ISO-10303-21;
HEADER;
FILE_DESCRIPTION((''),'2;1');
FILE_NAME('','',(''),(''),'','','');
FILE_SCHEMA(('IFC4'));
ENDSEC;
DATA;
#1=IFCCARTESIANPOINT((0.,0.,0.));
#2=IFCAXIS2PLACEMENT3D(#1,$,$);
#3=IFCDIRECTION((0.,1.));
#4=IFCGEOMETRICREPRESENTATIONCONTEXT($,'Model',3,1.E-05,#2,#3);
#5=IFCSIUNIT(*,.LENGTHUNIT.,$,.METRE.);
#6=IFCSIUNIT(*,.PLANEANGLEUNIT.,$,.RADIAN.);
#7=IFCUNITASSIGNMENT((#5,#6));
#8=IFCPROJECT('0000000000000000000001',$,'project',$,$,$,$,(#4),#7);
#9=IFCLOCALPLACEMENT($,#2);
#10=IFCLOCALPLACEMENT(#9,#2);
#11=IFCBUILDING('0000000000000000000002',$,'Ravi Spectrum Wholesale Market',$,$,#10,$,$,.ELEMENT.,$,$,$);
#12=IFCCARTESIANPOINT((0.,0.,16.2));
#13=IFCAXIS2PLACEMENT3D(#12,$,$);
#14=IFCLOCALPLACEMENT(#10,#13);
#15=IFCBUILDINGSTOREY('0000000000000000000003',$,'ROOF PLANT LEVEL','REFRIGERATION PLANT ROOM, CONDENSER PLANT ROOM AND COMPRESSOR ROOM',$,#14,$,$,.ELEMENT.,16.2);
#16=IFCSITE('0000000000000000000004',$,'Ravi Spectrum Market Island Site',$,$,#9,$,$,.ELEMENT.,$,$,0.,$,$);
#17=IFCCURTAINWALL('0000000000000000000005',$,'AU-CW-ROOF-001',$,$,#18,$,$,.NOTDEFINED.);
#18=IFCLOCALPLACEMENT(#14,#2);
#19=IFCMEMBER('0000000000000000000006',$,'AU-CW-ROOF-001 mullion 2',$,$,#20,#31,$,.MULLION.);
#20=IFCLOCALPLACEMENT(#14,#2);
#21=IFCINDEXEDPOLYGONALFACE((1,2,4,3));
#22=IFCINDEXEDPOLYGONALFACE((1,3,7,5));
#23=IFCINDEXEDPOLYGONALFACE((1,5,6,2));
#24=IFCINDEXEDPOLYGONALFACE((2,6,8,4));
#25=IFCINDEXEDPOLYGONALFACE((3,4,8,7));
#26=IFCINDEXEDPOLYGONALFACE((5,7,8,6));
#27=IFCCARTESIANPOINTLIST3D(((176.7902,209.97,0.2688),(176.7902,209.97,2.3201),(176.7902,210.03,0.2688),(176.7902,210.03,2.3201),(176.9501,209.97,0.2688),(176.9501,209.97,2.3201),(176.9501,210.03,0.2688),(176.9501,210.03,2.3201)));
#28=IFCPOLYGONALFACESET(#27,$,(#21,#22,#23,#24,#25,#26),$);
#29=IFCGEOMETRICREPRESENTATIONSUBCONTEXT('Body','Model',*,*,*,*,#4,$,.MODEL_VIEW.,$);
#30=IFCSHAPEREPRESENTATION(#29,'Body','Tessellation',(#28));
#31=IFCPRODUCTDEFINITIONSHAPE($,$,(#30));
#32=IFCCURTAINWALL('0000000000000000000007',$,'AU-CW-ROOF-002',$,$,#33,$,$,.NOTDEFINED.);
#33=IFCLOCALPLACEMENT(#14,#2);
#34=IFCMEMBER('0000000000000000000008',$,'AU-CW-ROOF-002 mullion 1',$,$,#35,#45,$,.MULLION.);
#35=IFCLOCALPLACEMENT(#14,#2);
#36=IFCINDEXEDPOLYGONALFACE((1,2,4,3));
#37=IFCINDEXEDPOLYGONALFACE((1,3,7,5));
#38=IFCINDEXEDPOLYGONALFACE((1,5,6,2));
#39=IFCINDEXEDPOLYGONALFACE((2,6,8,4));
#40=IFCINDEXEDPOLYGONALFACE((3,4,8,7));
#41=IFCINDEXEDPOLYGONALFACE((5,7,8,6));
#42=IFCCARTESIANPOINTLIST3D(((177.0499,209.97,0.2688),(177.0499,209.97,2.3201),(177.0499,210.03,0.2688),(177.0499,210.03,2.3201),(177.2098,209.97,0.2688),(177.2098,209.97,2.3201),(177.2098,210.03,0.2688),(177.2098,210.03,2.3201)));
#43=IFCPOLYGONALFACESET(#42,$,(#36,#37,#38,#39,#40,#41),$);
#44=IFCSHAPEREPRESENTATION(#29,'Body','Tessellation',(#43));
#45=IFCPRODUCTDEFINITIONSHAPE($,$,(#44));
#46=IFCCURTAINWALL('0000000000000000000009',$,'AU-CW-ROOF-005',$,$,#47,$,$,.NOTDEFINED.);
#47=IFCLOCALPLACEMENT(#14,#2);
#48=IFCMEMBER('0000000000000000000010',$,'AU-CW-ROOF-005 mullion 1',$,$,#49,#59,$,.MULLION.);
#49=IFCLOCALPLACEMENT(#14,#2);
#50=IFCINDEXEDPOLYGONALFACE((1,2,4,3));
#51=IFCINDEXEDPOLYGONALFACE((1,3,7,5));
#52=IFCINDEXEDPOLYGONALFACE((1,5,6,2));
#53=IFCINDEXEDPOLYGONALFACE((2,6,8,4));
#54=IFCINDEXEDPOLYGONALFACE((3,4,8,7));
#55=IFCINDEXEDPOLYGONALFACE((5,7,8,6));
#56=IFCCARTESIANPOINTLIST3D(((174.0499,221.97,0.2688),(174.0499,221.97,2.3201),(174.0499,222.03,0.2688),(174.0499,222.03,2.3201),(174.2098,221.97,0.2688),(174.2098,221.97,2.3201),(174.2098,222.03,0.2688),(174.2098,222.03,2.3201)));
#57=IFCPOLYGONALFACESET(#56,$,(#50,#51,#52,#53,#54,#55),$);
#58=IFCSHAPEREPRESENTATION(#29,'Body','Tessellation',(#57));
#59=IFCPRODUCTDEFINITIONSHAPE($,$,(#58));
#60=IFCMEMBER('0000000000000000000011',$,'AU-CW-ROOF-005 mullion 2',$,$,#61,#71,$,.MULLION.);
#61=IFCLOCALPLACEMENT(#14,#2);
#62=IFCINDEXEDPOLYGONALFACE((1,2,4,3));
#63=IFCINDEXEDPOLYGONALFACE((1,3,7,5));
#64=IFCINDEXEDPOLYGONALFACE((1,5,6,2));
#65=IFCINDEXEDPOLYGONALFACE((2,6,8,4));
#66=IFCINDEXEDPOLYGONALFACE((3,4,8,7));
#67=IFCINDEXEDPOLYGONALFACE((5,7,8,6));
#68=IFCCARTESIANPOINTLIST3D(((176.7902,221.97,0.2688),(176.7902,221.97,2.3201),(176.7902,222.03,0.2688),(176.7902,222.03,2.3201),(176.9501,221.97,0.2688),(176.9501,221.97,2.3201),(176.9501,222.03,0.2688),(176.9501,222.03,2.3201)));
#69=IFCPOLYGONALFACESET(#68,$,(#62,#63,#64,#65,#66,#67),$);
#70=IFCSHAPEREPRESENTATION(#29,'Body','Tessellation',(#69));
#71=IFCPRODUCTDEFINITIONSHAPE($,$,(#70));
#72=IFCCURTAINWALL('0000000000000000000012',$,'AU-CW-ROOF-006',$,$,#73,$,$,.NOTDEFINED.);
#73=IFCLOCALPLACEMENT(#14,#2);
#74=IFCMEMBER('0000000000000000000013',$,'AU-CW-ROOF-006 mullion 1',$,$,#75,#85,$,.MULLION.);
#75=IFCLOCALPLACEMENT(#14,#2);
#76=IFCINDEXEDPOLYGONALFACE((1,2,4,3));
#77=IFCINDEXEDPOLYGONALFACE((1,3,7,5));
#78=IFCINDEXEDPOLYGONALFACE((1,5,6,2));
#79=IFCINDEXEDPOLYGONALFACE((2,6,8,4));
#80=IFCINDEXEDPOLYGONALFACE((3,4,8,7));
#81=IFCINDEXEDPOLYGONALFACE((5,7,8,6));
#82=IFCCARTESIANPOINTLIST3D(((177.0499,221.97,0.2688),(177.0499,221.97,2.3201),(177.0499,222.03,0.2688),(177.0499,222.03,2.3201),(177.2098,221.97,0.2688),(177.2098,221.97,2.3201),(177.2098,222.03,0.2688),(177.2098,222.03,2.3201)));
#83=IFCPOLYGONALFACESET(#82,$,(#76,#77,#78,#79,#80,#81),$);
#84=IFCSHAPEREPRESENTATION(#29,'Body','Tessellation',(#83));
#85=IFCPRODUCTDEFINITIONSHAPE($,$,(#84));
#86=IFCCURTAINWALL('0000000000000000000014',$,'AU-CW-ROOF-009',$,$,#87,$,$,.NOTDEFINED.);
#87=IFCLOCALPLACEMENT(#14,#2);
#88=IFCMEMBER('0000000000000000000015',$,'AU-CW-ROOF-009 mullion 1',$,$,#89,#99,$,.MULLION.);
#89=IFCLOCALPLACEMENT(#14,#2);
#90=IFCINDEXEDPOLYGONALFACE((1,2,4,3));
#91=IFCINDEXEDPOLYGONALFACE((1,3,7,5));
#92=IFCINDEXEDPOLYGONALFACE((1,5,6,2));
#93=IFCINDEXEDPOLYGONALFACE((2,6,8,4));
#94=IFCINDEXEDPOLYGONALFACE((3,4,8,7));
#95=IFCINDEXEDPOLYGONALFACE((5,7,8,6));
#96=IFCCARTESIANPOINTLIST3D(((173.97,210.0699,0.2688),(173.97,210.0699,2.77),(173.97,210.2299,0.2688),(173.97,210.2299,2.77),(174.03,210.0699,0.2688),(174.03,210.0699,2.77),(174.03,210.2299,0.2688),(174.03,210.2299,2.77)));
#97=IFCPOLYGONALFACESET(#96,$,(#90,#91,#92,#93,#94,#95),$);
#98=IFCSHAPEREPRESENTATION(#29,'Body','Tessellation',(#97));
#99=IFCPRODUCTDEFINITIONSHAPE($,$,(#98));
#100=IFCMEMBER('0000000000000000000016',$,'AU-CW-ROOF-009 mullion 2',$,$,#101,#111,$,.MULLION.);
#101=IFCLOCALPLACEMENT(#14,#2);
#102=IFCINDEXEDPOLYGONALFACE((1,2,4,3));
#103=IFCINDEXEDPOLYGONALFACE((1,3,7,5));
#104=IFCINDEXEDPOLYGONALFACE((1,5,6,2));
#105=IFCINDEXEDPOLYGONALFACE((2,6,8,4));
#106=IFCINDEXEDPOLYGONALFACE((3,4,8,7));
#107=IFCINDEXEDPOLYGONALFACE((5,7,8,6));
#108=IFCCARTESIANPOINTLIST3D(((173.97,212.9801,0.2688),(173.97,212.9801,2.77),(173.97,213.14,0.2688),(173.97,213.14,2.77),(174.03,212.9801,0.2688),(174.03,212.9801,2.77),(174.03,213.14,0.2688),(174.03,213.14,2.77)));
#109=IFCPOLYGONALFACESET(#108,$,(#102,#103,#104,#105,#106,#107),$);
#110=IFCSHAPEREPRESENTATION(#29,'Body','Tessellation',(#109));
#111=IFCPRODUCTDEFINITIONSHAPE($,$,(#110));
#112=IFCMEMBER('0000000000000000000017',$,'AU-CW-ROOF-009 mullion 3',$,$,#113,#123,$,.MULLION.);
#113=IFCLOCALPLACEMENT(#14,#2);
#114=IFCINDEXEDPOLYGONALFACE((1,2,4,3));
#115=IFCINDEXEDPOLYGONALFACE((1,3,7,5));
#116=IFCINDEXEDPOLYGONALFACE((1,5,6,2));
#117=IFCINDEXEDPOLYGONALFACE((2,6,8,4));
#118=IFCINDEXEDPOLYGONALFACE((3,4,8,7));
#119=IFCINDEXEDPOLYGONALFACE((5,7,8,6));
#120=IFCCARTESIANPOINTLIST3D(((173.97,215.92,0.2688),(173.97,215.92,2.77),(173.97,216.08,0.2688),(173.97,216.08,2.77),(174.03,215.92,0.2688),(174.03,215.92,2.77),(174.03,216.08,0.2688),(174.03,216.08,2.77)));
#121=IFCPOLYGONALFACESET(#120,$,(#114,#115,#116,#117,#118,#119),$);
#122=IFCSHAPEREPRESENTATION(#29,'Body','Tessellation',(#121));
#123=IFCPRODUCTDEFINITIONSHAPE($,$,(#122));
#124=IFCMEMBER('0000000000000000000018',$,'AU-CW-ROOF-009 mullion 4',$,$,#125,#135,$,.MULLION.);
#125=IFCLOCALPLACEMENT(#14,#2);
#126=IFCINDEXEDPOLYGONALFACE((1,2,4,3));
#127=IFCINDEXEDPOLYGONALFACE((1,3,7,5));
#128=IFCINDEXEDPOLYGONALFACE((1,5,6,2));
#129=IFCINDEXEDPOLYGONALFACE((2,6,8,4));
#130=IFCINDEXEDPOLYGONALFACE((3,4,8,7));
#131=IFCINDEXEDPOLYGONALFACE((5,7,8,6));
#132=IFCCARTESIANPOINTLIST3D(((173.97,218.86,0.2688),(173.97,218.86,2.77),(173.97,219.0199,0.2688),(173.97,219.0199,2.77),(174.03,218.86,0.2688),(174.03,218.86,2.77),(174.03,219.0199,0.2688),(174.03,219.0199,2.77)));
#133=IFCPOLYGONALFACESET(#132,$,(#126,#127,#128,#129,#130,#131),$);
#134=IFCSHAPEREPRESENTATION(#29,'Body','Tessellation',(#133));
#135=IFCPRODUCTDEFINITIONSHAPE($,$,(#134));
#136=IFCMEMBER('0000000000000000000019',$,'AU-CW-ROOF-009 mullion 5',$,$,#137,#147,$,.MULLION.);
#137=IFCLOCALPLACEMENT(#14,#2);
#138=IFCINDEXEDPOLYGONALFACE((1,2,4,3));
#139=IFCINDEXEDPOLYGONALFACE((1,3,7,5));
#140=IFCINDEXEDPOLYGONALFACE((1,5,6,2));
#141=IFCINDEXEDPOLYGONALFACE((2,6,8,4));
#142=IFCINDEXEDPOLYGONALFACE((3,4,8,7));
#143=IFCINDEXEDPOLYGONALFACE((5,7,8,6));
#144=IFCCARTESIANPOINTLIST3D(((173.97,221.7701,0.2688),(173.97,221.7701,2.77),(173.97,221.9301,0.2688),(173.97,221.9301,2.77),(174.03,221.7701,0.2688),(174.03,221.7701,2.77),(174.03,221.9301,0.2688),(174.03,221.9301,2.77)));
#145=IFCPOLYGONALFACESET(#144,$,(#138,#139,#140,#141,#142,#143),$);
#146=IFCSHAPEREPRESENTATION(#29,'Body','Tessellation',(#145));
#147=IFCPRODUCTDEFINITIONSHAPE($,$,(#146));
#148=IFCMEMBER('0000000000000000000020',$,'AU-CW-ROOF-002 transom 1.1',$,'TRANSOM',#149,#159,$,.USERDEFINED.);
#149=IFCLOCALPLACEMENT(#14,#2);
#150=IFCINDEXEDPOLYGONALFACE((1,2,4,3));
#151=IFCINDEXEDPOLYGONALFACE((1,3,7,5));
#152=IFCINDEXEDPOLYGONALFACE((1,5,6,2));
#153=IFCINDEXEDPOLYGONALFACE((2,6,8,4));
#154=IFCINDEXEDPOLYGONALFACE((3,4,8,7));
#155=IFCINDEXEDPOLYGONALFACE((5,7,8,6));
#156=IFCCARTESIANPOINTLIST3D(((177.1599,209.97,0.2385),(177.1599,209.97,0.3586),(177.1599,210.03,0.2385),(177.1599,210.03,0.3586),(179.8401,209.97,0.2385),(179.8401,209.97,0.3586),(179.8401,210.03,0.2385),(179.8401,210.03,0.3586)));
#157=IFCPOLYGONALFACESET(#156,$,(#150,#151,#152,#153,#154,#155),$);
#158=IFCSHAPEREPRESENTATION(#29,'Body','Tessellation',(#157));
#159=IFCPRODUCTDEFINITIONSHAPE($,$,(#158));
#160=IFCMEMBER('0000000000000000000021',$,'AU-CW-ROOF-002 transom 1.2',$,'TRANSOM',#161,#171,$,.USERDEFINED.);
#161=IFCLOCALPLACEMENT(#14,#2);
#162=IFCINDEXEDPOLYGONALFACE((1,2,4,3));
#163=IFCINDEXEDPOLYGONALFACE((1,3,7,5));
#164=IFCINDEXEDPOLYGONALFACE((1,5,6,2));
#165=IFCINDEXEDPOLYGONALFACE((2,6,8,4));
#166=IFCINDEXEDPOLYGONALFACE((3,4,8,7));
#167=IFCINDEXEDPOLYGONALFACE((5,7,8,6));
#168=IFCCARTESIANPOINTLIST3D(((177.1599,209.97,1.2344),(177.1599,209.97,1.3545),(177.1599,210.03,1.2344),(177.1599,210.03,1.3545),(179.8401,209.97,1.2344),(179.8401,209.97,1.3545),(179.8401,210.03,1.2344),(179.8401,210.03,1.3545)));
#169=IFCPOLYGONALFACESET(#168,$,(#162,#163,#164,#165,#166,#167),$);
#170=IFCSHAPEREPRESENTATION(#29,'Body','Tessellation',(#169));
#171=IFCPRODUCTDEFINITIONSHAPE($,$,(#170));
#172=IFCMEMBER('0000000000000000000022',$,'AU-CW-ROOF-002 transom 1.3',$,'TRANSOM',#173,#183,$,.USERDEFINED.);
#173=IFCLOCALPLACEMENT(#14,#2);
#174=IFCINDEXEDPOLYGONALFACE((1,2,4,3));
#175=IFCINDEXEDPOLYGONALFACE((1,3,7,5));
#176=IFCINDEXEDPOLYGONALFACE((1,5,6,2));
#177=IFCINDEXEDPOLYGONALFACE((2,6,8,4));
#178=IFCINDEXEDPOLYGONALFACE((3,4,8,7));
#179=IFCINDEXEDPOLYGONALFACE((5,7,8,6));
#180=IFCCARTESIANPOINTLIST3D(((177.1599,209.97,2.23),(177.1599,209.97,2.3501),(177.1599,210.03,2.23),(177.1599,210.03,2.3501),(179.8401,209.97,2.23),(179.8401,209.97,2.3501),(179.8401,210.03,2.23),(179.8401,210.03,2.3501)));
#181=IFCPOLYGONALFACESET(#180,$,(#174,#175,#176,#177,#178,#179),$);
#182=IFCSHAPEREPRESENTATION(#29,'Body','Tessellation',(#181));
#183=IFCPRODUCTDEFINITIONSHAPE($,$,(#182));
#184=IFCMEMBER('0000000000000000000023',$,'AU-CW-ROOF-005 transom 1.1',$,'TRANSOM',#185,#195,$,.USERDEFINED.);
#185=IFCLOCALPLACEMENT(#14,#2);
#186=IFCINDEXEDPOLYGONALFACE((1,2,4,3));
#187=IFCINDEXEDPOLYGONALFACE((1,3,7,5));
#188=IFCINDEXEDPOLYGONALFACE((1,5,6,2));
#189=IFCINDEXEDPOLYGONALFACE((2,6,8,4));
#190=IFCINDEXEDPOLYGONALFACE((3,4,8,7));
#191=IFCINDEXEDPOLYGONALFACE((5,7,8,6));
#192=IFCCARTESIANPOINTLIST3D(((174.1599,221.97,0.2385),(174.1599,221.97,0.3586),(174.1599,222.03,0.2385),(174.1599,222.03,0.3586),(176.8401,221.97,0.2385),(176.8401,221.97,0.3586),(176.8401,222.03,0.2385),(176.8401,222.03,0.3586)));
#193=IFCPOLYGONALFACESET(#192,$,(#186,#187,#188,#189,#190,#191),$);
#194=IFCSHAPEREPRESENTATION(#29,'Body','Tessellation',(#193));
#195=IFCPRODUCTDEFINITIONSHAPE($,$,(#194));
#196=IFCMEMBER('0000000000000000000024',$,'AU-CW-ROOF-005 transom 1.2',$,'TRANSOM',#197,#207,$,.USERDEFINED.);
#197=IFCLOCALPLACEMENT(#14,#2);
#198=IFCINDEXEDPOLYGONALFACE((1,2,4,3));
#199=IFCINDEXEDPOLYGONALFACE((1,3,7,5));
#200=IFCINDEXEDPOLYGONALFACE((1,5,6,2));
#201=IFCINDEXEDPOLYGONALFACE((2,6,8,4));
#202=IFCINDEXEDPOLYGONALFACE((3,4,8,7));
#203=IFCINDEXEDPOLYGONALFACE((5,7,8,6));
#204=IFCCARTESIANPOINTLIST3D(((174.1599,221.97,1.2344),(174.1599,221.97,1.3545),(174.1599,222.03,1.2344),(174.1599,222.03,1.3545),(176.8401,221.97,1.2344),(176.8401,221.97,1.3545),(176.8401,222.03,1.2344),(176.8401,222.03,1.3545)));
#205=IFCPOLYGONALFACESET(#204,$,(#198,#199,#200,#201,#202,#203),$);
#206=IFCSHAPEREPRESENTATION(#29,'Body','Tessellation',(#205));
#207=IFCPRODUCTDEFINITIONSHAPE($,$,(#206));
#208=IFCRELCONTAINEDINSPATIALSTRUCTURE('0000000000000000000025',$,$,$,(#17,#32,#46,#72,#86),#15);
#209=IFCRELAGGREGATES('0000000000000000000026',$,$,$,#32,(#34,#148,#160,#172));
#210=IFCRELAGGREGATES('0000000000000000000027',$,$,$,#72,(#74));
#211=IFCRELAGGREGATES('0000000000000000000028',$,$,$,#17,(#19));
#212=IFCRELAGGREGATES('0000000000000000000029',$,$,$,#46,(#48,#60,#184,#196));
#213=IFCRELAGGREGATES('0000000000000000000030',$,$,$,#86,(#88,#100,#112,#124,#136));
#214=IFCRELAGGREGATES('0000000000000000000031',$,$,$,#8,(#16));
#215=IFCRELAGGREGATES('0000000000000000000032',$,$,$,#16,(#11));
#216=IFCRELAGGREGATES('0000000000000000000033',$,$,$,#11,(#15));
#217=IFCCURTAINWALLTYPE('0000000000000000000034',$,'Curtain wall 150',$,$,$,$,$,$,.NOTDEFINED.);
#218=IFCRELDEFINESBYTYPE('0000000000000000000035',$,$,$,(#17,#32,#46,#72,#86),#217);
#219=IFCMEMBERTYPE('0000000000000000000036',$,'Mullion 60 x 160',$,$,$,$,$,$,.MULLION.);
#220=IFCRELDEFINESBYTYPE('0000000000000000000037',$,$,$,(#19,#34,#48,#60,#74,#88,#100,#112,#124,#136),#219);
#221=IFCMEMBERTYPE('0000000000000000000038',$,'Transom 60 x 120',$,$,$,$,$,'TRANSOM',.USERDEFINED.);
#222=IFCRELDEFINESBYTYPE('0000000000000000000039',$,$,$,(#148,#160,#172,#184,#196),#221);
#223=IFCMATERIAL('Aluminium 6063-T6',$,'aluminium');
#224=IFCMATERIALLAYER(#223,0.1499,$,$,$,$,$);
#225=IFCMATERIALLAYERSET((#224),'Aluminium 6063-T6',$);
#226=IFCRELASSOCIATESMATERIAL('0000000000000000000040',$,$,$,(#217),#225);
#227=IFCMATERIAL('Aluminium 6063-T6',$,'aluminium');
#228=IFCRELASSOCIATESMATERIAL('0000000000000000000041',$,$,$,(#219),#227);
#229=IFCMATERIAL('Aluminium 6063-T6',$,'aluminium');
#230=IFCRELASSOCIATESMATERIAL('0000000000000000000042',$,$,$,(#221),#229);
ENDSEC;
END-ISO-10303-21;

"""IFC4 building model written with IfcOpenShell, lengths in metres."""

from ifc_helpers import new_model, si_unit, direction, frame, origin, origin_2d, place, context, subcontext, project, spatial, rectangle, extrude, material, layer, layer_set, material_profile, profile_set, type_object, element, aggregate, save


model = new_model("IFC4")

# Units and contexts
model_context = context("Model", 3, precision=1e-05, world=origin(), true_north=direction((0.0, 1.0)))
body_context = subcontext(model_context, "Body", "Model", "MODEL_VIEW")
ifc_project = project(units=[si_unit("LENGTHUNIT", "METRE"), si_unit("PLANEANGLEUNIT", "RADIAN")], contexts=[model_context])

# Site, building, storey
site_placement = place(None, origin())
site = spatial("IfcSite", under=ifc_project, at=site_placement, Name="Ravi Spectrum Market Island Site", CompositionType="ELEMENT", RefElevation=0.0)
building_placement = place(site_placement, origin())
building = spatial("IfcBuilding", under=site, at=building_placement, Name="Ravi Spectrum Wholesale Market", CompositionType="ELEMENT")
storey_placement = place(building_placement, frame((0.0, 0.0, 16.2)))
storey = spatial("IfcBuildingStorey", under=building, at=storey_placement, Name="ROOF PLANT LEVEL", Description="REFRIGERATION PLANT ROOM, CONDENSER PLANT ROOM AND COMPRESSOR ROOM", CompositionType="ELEMENT", Elevation=16.2)

# Curtain walls, members
ifc_material_1 = material(Name="Aluminium 6063-T6", Category="aluminium")
ifc_layer_1 = layer(ifc_material_1, 0.1499)
ifc_layer_set_1 = layer_set([ifc_layer_1], Name="Aluminium 6063-T6")
curtain_wall_type = type_object("IfcCurtainWallType", Name="Curtain wall 150", PredefinedType="NOTDEFINED", material=ifc_layer_set_1)
curtain_wall_1_placement = place(storey_placement, origin())
curtain_wall_1 = element("IfcCurtainWall", 1, at=curtain_wall_1_placement, inside=storey, type_object=curtain_wall_type, Name="AU-CW-ROOF-001", PredefinedType="NOTDEFINED")
ifc_material_2 = material(Name="Aluminium 6063-T6", Category="aluminium")
ifc_material_profile_1 = material_profile(ifc_material_2, rectangle(XDim=0.0601, YDim=0.1599, at=origin_2d()))
ifc_profile_set_1 = profile_set([ifc_material_profile_1], Name="Aluminium 6063-T6")
member_type_1 = type_object("IfcMemberType", Name="Mullion 60 x 160", PredefinedType="MULLION", material=ifc_profile_set_1)
member_1_placement = place(storey_placement, frame((176.8701, 210.0, 0.2688), z_axis=(0.0, 0.0, 1.0), x_axis=(0.0, 1.0, 0.0)))
member_1 = element("IfcMember", 2, at=member_1_placement, type_object=member_type_1, Name="AU-CW-ROOF-001 mullion 2", PredefinedType="MULLION", context=body_context, shape_type="SweptSolid", body=[
    extrude(rectangle(XDim=0.0601, YDim=0.1599, at=origin_2d()), origin(), (0.0, 0.0, 1.0), 2.0513),
])
curtain_wall_2_placement = place(storey_placement, origin())
curtain_wall_2 = element("IfcCurtainWall", 3, at=curtain_wall_2_placement, inside=storey, type_object=curtain_wall_type, Name="AU-CW-ROOF-002", PredefinedType="NOTDEFINED")
member_2_placement = place(storey_placement, frame((177.1299, 210.0, 0.2688), z_axis=(0.0, 0.0, 1.0), x_axis=(0.0, 1.0, 0.0)))
member_2 = element("IfcMember", 4, at=member_2_placement, type_object=member_type_1, Name="AU-CW-ROOF-002 mullion 1", PredefinedType="MULLION", context=body_context, shape_type="SweptSolid", body=[
    extrude(rectangle(XDim=0.0601, YDim=0.1599, at=origin_2d()), origin(), (0.0, 0.0, 1.0), 2.0513),
])

# Curtain wall, members
curtain_wall_3_placement = place(storey_placement, origin())
curtain_wall_3 = element("IfcCurtainWall", 5, at=curtain_wall_3_placement, inside=storey, type_object=curtain_wall_type, Name="AU-CW-ROOF-005", PredefinedType="NOTDEFINED")
member_3_placement = place(storey_placement, frame((174.1299, 222.0, 0.2688), z_axis=(0.0, 0.0, 1.0), x_axis=(0.0, 1.0, 0.0)))
member_3 = element("IfcMember", 6, at=member_3_placement, type_object=member_type_1, Name="AU-CW-ROOF-005 mullion 1", PredefinedType="MULLION", context=body_context, shape_type="SweptSolid", body=[
    extrude(rectangle(XDim=0.0601, YDim=0.1599, at=origin_2d()), origin(), (0.0, 0.0, 1.0), 2.0513),
])
member_4_placement = place(storey_placement, frame((176.8701, 222.0, 0.2688), z_axis=(0.0, 0.0, 1.0), x_axis=(0.0, 1.0, 0.0)))
member_4 = element("IfcMember", 7, at=member_4_placement, type_object=member_type_1, Name="AU-CW-ROOF-005 mullion 2", PredefinedType="MULLION", context=body_context, shape_type="SweptSolid", body=[
    extrude(rectangle(XDim=0.0601, YDim=0.1599, at=origin_2d()), origin(), (0.0, 0.0, 1.0), 2.0513),
])

# Curtain wall, member
curtain_wall_4_placement = place(storey_placement, origin())
curtain_wall_4 = element("IfcCurtainWall", 8, at=curtain_wall_4_placement, inside=storey, type_object=curtain_wall_type, Name="AU-CW-ROOF-006", PredefinedType="NOTDEFINED")
member_5_placement = place(storey_placement, frame((177.1299, 222.0, 0.2688), z_axis=(0.0, 0.0, 1.0), x_axis=(0.0, 1.0, 0.0)))
member_5 = element("IfcMember", 9, at=member_5_placement, type_object=member_type_1, Name="AU-CW-ROOF-006 mullion 1", PredefinedType="MULLION", context=body_context, shape_type="SweptSolid", body=[
    extrude(rectangle(XDim=0.0601, YDim=0.1599, at=origin_2d()), origin(), (0.0, 0.0, 1.0), 2.0513),
])

# Curtain wall, members
curtain_wall_5_placement = place(storey_placement, origin())
curtain_wall_5 = element("IfcCurtainWall", 10, at=curtain_wall_5_placement, inside=storey, type_object=curtain_wall_type, Name="AU-CW-ROOF-009", PredefinedType="NOTDEFINED")
member_6_placement = place(storey_placement, frame((174.0, 210.1499, 0.2688), z_axis=(0.0, 0.0, 1.0), x_axis=(-1.0, 0.0, 0.0)))
member_6 = element("IfcMember", 11, at=member_6_placement, type_object=member_type_1, Name="AU-CW-ROOF-009 mullion 1", PredefinedType="MULLION", context=body_context, shape_type="SweptSolid", body=[
    extrude(rectangle(XDim=0.0601, YDim=0.1599, at=origin_2d()), origin(), (0.0, 0.0, 1.0), 2.5012),
])
member_7_placement = place(storey_placement, frame((174.0, 213.0601, 0.2688), z_axis=(0.0, 0.0, 1.0), x_axis=(-1.0, 0.0, 0.0)))
member_7 = element("IfcMember", 12, at=member_7_placement, type_object=member_type_1, Name="AU-CW-ROOF-009 mullion 2", PredefinedType="MULLION", context=body_context, shape_type="SweptSolid", body=[
    extrude(rectangle(XDim=0.0601, YDim=0.1599, at=origin_2d()), origin(), (0.0, 0.0, 1.0), 2.5012),
])
member_8_placement = place(storey_placement, frame((174.0, 216.0, 0.2688), z_axis=(0.0, 0.0, 1.0), x_axis=(-1.0, 0.0, 0.0)))
member_8 = element("IfcMember", 13, at=member_8_placement, type_object=member_type_1, Name="AU-CW-ROOF-009 mullion 3", PredefinedType="MULLION", context=body_context, shape_type="SweptSolid", body=[
    extrude(rectangle(XDim=0.0601, YDim=0.1599, at=origin_2d()), origin(), (0.0, 0.0, 1.0), 2.5012),
])
member_9_placement = place(storey_placement, frame((174.0, 218.9399, 0.2688), z_axis=(0.0, 0.0, 1.0), x_axis=(-1.0, 0.0, 0.0)))
member_9 = element("IfcMember", 14, at=member_9_placement, type_object=member_type_1, Name="AU-CW-ROOF-009 mullion 4", PredefinedType="MULLION", context=body_context, shape_type="SweptSolid", body=[
    extrude(rectangle(XDim=0.0601, YDim=0.1599, at=origin_2d()), origin(), (0.0, 0.0, 1.0), 2.5012),
])
member_10_placement = place(storey_placement, frame((174.0, 221.8501, 0.2688), z_axis=(0.0, 0.0, 1.0), x_axis=(-1.0, 0.0, 0.0)))
member_10 = element("IfcMember", 15, at=member_10_placement, type_object=member_type_1, Name="AU-CW-ROOF-009 mullion 5", PredefinedType="MULLION", context=body_context, shape_type="SweptSolid", body=[
    extrude(rectangle(XDim=0.0601, YDim=0.1599, at=origin_2d()), origin(), (0.0, 0.0, 1.0), 2.5012),
])

# Members
ifc_material_3 = material(Name="Aluminium 6063-T6", Category="aluminium")
ifc_material_profile_2 = material_profile(ifc_material_3, rectangle(XDim=0.0601, YDim=0.1201, at=origin_2d()))
ifc_profile_set_2 = profile_set([ifc_material_profile_2], Name="Aluminium 6063-T6")
member_type_2 = type_object("IfcMemberType", Name="Transom 60 x 120", ElementType="TRANSOM", PredefinedType="USERDEFINED", material=ifc_profile_set_2)
member_11_placement = place(storey_placement, frame((177.1599, 210.0, 0.2986), z_axis=(1.0, 0.0, 0.0), x_axis=(0.0, 1.0, 0.0)))
member_11 = element("IfcMember", 16, at=member_11_placement, type_object=member_type_2, Name="AU-CW-ROOF-002 transom 1.1", ObjectType="TRANSOM", PredefinedType="USERDEFINED", context=body_context, shape_type="SweptSolid", body=[
    extrude(rectangle(XDim=0.0601, YDim=0.1201, at=origin_2d()), origin(), (0.0, 0.0, 1.0), 2.6802),
])
member_12_placement = place(storey_placement, frame((177.1599, 210.0, 1.2944), z_axis=(1.0, 0.0, 0.0), x_axis=(0.0, 1.0, 0.0)))
member_12 = element("IfcMember", 17, at=member_12_placement, type_object=member_type_2, Name="AU-CW-ROOF-002 transom 1.2", ObjectType="TRANSOM", PredefinedType="USERDEFINED", context=body_context, shape_type="SweptSolid", body=[
    extrude(rectangle(XDim=0.0601, YDim=0.1201, at=origin_2d()), origin(), (0.0, 0.0, 1.0), 2.6802),
])
member_13_placement = place(storey_placement, frame((177.1599, 210.0, 2.29), z_axis=(1.0, 0.0, 0.0), x_axis=(0.0, 1.0, 0.0)))
member_13 = element("IfcMember", 18, at=member_13_placement, type_object=member_type_2, Name="AU-CW-ROOF-002 transom 1.3", ObjectType="TRANSOM", PredefinedType="USERDEFINED", context=body_context, shape_type="SweptSolid", body=[
    extrude(rectangle(XDim=0.0601, YDim=0.1201, at=origin_2d()), origin(), (0.0, 0.0, 1.0), 2.6802),
])
aggregate(curtain_wall_2, [member_2, member_11, member_12, member_13])
member_14_placement = place(storey_placement, frame((174.1599, 222.0, 0.2986), z_axis=(1.0, 0.0, 0.0), x_axis=(0.0, 1.0, 0.0)))
member_14 = element("IfcMember", 19, at=member_14_placement, type_object=member_type_2, Name="AU-CW-ROOF-005 transom 1.1", ObjectType="TRANSOM", PredefinedType="USERDEFINED", context=body_context, shape_type="SweptSolid", body=[
    extrude(rectangle(XDim=0.0601, YDim=0.1201, at=origin_2d()), origin(), (0.0, 0.0, 1.0), 2.6802),
])
member_15_placement = place(storey_placement, frame((174.1599, 222.0, 1.2944), z_axis=(1.0, 0.0, 0.0), x_axis=(0.0, 1.0, 0.0)))
member_15 = element("IfcMember", 20, at=member_15_placement, type_object=member_type_2, Name="AU-CW-ROOF-005 transom 1.2", ObjectType="TRANSOM", PredefinedType="USERDEFINED", context=body_context, shape_type="SweptSolid", body=[
    extrude(rectangle(XDim=0.0601, YDim=0.1201, at=origin_2d()), origin(), (0.0, 0.0, 1.0), 2.6802),
])
aggregate(curtain_wall_4, [member_5])

aggregate(curtain_wall_1, [member_1])
aggregate(curtain_wall_3, [member_3, member_4, member_14, member_15])
aggregate(curtain_wall_5, [member_6, member_7, member_8, member_9, member_10])

save(model, "model.ifc")
